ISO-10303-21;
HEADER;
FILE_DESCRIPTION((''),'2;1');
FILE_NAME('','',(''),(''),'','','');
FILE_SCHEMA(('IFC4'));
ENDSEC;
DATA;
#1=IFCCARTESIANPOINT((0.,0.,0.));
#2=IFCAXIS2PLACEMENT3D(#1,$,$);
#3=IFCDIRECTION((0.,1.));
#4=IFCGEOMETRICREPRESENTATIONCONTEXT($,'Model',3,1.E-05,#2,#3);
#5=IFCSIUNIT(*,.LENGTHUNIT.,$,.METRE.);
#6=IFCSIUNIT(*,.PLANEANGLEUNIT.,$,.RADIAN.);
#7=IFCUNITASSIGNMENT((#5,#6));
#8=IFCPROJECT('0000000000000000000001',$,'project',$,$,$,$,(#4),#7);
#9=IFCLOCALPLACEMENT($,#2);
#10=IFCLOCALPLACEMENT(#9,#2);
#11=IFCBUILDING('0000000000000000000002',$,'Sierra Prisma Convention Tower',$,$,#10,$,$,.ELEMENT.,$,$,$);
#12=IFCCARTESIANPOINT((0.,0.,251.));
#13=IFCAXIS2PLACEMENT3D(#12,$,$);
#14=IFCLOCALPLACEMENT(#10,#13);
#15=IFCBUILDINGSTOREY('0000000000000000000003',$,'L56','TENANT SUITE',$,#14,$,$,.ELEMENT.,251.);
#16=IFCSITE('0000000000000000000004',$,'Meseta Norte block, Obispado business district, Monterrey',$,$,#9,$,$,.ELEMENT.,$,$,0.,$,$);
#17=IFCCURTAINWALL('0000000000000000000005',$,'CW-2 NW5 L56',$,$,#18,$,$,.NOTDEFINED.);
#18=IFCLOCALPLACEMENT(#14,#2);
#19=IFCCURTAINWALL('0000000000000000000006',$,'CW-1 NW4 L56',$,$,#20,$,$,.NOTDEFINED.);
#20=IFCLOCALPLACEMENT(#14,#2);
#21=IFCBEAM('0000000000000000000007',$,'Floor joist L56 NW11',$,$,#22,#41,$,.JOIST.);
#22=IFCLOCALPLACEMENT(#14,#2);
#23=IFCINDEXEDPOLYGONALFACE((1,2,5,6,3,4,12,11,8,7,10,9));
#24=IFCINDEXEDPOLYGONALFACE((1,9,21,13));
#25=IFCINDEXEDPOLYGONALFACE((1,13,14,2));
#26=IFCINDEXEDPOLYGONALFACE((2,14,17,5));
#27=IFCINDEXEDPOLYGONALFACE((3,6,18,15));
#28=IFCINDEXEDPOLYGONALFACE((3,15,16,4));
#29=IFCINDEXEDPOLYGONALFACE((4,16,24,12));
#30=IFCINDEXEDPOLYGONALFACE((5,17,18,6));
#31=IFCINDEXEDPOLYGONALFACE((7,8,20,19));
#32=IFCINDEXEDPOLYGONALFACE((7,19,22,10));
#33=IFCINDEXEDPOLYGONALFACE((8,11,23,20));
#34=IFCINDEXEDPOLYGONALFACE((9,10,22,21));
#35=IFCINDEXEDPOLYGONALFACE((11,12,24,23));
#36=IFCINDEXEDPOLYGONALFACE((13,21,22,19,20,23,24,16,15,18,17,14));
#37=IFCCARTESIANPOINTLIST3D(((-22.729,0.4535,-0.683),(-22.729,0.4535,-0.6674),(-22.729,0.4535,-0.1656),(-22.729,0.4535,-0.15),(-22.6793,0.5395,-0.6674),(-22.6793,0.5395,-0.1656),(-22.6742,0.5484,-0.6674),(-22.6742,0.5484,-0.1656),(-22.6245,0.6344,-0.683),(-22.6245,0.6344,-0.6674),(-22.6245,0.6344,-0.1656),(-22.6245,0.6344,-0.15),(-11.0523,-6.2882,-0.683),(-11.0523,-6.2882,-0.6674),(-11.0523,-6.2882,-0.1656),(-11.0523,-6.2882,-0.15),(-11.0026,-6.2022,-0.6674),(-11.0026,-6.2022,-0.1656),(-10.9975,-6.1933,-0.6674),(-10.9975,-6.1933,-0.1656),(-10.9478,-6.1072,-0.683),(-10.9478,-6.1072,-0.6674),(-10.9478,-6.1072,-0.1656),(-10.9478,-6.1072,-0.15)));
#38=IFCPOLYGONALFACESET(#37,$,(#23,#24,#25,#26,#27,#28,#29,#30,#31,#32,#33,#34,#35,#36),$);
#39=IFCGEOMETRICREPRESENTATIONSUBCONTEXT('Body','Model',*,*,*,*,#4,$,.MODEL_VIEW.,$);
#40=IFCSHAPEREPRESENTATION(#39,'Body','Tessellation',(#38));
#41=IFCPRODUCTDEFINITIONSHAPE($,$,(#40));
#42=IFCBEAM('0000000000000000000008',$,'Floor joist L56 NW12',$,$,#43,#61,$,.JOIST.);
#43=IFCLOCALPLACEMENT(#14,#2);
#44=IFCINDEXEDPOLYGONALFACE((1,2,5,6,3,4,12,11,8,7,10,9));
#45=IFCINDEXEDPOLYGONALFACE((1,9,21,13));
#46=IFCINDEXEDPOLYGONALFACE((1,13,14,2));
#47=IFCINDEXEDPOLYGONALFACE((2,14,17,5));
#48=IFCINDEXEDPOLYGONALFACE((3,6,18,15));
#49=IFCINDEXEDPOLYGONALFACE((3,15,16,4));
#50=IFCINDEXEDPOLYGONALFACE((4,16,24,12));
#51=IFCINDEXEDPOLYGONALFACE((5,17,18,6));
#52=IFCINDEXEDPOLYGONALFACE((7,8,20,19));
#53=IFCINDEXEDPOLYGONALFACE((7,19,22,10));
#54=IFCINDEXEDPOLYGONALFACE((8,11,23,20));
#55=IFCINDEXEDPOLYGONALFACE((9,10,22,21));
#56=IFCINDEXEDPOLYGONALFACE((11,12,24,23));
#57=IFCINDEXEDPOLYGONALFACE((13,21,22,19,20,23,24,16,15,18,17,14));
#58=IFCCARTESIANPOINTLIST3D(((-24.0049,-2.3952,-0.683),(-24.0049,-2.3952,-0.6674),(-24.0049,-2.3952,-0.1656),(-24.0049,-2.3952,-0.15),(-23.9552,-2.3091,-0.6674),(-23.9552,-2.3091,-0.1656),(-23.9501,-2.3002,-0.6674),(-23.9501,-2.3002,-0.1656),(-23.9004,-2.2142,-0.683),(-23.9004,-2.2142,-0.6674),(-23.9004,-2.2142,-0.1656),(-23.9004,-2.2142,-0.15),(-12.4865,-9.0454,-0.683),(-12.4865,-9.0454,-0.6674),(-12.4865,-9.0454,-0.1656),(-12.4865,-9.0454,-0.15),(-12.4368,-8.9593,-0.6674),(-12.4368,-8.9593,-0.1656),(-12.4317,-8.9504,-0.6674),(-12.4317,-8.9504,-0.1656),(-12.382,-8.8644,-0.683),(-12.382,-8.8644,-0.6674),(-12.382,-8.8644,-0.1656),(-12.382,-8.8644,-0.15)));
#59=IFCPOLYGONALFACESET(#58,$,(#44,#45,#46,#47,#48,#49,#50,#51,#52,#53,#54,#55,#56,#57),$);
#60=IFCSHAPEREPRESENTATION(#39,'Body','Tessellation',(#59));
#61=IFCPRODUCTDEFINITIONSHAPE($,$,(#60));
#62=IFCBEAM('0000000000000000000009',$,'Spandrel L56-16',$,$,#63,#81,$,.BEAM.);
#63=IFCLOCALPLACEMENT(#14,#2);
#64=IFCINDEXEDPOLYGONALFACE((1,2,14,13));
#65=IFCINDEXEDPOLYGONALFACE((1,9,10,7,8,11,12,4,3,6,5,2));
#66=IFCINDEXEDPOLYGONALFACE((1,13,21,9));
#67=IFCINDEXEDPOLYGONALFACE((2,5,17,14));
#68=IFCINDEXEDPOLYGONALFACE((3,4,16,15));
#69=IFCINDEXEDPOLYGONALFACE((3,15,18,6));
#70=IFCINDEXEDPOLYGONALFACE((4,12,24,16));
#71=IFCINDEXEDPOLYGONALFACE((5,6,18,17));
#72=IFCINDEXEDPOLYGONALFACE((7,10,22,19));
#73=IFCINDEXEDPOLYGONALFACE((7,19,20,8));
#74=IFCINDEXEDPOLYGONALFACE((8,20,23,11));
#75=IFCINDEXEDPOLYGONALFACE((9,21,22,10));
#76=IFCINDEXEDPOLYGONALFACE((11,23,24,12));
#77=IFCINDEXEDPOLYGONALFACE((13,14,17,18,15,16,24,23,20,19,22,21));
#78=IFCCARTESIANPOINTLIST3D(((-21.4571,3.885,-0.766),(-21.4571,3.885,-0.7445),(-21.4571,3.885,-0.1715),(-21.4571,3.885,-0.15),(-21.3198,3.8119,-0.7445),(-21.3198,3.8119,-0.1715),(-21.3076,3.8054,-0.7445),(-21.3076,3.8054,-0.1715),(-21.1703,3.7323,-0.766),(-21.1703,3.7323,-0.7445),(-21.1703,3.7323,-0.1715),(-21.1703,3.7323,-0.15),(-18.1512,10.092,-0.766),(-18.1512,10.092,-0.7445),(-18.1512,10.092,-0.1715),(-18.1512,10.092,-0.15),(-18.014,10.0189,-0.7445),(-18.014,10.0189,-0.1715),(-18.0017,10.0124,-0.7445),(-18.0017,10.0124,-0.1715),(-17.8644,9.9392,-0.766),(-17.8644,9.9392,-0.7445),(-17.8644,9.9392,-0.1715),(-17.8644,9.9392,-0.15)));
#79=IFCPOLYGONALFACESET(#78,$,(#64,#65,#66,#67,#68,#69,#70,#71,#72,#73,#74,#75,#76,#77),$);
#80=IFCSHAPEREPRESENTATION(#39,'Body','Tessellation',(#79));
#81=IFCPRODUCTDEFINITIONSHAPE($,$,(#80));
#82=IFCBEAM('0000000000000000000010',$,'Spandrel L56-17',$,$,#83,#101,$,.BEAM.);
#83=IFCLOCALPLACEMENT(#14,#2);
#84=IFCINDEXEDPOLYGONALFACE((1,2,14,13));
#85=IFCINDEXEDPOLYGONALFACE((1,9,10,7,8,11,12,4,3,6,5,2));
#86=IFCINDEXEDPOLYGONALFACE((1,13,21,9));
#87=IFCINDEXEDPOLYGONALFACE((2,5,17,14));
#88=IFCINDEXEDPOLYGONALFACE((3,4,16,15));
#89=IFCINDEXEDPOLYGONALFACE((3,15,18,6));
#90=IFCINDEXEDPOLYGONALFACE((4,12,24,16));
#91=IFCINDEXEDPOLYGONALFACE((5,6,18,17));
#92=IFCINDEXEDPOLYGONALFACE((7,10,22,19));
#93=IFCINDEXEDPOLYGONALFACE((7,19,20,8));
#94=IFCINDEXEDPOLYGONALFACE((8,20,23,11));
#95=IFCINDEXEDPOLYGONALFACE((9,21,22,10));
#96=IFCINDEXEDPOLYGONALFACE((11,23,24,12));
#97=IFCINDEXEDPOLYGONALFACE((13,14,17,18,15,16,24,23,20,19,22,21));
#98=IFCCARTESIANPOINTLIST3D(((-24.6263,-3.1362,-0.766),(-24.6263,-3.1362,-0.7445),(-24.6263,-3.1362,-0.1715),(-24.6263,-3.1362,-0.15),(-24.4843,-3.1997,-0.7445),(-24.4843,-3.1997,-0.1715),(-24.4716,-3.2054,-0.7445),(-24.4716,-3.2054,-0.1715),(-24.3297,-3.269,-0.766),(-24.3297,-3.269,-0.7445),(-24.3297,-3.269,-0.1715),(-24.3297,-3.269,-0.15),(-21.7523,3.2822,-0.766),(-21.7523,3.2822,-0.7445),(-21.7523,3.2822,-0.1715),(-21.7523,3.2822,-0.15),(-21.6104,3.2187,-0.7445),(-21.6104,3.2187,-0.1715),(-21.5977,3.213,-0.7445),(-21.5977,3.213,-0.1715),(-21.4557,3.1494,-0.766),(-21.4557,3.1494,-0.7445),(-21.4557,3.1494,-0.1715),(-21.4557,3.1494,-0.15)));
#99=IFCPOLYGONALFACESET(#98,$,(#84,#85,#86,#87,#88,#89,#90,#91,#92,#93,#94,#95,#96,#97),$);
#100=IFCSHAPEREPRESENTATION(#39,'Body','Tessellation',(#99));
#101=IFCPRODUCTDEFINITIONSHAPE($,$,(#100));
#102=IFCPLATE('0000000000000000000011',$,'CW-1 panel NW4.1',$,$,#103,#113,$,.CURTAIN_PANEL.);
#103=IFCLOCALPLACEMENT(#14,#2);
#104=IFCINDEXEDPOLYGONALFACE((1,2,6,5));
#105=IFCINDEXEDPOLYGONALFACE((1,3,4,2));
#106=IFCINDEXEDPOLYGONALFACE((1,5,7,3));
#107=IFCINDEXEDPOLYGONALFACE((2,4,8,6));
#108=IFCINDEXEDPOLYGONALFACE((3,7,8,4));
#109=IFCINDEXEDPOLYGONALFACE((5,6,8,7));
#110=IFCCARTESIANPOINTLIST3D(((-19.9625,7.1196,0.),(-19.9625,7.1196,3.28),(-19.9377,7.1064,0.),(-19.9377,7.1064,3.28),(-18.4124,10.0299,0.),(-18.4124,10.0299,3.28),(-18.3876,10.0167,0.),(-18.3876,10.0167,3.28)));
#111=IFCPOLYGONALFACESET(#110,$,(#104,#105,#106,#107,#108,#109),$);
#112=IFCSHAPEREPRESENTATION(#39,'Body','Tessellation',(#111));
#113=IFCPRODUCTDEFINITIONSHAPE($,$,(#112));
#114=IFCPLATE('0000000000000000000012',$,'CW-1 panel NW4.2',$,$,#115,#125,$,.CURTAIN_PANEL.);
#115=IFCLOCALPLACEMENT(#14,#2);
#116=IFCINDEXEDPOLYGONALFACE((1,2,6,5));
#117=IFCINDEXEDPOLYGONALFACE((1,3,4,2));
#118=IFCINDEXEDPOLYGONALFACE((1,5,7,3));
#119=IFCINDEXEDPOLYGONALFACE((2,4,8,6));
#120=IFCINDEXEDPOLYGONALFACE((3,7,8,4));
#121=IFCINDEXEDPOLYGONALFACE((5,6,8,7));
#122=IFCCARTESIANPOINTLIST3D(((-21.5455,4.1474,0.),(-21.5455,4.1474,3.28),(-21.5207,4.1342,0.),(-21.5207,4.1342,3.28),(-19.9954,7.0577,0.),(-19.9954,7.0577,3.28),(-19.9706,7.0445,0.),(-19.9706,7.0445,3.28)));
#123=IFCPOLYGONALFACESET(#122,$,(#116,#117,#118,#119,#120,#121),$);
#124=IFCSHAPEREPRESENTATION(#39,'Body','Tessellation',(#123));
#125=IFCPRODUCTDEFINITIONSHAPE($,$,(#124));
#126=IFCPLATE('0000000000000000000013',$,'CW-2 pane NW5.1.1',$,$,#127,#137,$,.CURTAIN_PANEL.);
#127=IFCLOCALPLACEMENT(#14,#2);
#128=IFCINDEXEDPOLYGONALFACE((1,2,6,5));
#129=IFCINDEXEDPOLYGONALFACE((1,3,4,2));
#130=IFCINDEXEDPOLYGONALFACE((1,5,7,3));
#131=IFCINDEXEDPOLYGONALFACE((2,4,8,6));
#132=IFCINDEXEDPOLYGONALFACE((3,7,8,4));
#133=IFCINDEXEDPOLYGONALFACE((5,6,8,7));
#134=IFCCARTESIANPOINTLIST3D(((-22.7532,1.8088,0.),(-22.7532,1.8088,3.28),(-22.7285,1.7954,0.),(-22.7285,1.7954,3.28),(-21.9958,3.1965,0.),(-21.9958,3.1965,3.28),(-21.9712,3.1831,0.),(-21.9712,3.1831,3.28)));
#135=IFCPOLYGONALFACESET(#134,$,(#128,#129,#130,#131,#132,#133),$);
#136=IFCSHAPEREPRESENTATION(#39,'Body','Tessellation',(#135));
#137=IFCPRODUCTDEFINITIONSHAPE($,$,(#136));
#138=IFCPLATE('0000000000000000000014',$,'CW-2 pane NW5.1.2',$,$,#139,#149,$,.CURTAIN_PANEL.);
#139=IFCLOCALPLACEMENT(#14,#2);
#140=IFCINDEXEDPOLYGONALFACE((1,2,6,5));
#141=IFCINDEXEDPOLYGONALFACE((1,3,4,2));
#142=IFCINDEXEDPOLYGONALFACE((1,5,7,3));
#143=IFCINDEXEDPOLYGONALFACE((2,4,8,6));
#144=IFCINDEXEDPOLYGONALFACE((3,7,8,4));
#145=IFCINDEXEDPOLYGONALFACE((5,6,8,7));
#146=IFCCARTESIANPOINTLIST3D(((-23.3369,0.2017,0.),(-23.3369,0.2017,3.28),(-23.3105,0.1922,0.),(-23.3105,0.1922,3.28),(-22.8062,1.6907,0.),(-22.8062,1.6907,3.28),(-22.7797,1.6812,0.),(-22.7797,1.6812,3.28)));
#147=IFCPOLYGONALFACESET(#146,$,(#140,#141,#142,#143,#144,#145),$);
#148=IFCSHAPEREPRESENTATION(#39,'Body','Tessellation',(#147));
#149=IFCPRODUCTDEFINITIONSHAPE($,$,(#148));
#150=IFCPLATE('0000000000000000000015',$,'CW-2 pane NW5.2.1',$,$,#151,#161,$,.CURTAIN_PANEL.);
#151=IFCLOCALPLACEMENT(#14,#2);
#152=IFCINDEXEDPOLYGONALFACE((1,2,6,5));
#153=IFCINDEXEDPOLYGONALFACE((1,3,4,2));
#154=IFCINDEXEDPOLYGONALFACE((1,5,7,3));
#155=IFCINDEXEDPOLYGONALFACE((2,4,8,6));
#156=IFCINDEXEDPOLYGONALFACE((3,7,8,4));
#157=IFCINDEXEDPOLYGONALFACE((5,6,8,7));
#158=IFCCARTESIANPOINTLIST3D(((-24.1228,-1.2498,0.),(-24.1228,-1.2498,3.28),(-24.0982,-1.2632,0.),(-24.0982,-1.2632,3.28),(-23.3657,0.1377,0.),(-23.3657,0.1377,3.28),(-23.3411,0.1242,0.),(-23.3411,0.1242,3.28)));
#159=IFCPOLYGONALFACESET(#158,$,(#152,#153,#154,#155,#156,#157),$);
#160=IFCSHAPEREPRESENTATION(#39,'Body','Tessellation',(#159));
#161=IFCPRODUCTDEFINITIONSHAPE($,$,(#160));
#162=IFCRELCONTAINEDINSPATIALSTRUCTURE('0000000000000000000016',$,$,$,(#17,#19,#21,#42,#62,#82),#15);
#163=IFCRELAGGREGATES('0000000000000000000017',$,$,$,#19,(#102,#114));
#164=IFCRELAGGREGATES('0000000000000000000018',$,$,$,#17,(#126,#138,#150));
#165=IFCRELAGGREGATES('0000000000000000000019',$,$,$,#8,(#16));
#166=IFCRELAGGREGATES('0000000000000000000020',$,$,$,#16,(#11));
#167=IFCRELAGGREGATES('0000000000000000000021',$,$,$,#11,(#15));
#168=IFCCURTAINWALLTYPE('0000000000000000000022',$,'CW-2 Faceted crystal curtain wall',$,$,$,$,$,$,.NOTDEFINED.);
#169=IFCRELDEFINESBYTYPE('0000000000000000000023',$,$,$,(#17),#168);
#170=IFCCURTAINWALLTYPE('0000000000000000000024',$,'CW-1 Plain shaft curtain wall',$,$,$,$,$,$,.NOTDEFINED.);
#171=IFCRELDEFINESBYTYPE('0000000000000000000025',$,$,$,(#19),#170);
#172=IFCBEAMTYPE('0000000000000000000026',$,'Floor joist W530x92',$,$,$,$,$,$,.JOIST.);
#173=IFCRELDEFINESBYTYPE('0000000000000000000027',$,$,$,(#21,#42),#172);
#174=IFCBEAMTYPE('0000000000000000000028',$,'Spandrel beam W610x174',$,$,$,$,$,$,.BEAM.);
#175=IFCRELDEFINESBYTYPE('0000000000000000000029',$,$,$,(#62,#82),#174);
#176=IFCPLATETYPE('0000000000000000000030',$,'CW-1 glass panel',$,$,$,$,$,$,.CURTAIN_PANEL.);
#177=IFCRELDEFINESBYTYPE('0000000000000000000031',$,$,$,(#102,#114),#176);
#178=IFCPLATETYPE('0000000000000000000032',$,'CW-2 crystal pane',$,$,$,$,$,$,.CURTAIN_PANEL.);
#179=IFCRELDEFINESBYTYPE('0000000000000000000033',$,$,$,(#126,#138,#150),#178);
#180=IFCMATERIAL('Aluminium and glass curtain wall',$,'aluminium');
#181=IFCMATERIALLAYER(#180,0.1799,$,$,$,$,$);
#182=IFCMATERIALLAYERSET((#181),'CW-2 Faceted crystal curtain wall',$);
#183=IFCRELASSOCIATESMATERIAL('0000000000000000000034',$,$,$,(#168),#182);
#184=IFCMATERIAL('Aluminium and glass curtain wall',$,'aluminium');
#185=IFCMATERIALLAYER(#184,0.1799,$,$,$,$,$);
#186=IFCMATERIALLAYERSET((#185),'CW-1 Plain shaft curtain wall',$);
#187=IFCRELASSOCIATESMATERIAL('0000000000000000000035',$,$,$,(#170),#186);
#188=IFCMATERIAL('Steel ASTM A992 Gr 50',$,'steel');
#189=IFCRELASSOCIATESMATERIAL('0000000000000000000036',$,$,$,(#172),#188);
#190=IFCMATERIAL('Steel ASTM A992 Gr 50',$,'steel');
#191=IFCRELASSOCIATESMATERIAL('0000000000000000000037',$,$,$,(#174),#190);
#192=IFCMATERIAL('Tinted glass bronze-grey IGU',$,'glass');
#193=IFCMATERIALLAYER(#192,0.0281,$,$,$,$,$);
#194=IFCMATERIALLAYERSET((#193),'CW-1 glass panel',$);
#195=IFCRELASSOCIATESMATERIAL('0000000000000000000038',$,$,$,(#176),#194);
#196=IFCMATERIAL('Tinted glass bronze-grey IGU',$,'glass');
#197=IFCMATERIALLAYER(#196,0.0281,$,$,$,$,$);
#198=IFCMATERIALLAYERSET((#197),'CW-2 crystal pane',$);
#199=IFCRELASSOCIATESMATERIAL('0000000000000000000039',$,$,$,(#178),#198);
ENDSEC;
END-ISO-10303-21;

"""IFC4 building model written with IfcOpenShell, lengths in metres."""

from ifc_helpers import new_model, si_unit, direction, frame, origin, origin_2d, place, context, subcontext, project, spatial, polyline, rectangle, i_section, outline, extrude, material, layer, layer_set, material_profile, profile_set, type_object, element, aggregate, save


model = new_model("IFC4")

# Units and contexts
model_context = context("Model", 3, precision=1e-05, world=origin(), true_north=direction((0.0, 1.0)))
body_context = subcontext(model_context, "Body", "Model", "MODEL_VIEW")
ifc_project = project(units=[si_unit("LENGTHUNIT", "METRE"), si_unit("PLANEANGLEUNIT", "RADIAN")], contexts=[model_context])

# Site, building, storey
site_placement = place(None, origin())
site = spatial("IfcSite", under=ifc_project, at=site_placement, Name="Meseta Norte block, Obispado business district, Monterrey", CompositionType="ELEMENT", RefElevation=0.0)
building_placement = place(site_placement, origin())
building = spatial("IfcBuilding", under=site, at=building_placement, Name="Sierra Prisma Convention Tower", CompositionType="ELEMENT")
storey_placement = place(building_placement, frame((0.0, 0.0, 251.0)))
storey = spatial("IfcBuildingStorey", under=building, at=storey_placement, Name="L56", Description="TENANT SUITE", CompositionType="ELEMENT", Elevation=251.0)

# Curtain walls
ifc_material_1 = material(Name="Aluminium and glass curtain wall", Category="aluminium")
ifc_layer_1 = layer(ifc_material_1, 0.1799)
ifc_layer_set_1 = layer_set([ifc_layer_1], Name="CW-2 Faceted crystal curtain wall")
curtain_wall_type_1 = type_object("IfcCurtainWallType", Name="CW-2 Faceted crystal curtain wall", PredefinedType="NOTDEFINED", material=ifc_layer_set_1)
curtain_wall_1_placement = place(storey_placement, origin())
curtain_wall_1 = element("IfcCurtainWall", 1, at=curtain_wall_1_placement, inside=storey, type_object=curtain_wall_type_1, Name="CW-2 NW5 L56", PredefinedType="NOTDEFINED")
ifc_material_2 = material(Name="Aluminium and glass curtain wall", Category="aluminium")
ifc_layer_2 = layer(ifc_material_2, 0.1799)
ifc_layer_set_2 = layer_set([ifc_layer_2], Name="CW-1 Plain shaft curtain wall")
curtain_wall_type_2 = type_object("IfcCurtainWallType", Name="CW-1 Plain shaft curtain wall", PredefinedType="NOTDEFINED", material=ifc_layer_set_2)
curtain_wall_2_placement = place(storey_placement, origin())
curtain_wall_2 = element("IfcCurtainWall", 2, at=curtain_wall_2_placement, inside=storey, type_object=curtain_wall_type_2, Name="CW-1 NW4 L56", PredefinedType="NOTDEFINED")

# Beams
ifc_material_3 = material(Name="Steel ASTM A992 Gr 50", Category="steel")
ifc_material_profile_1 = material_profile(ifc_material_3, i_section(OverallWidth=0.209, OverallDepth=0.533, WebThickness=0.0103, FlangeThickness=0.0156, at=origin_2d()), Name="W530x92")
ifc_profile_set_1 = profile_set([ifc_material_profile_1], Name="Steel ASTM A992 Gr 50")
beam_type_1 = type_object("IfcBeamType", Name="Floor joist W530x92", PredefinedType="JOIST", material=ifc_profile_set_1)
beam_1_placement = place(storey_placement, frame((-22.6768, 0.5439, -0.4165), z_axis=(0.866022, -0.500007, 0.0), x_axis=(0.500007, 0.866022, 0.0)))
element("IfcBeam", 3, at=beam_1_placement, inside=storey, type_object=beam_type_1, Name="Floor joist L56 NW11", PredefinedType="JOIST", context=body_context, shape_type="SweptSolid", body=[
    extrude(i_section(OverallWidth=0.209, OverallDepth=0.533, WebThickness=0.0103, FlangeThickness=0.0156, at=origin_2d()), origin(), (0.0, 0.0, 1.0), 13.4832),
])
beam_2_placement = place(storey_placement, frame((-23.9526, -2.3047, -0.4165), z_axis=(0.866024, -0.500003, 0.0), x_axis=(0.500003, 0.866024, 0.0)))
element("IfcBeam", 4, at=beam_2_placement, inside=storey, type_object=beam_type_1, Name="Floor joist L56 NW12", PredefinedType="JOIST", context=body_context, shape_type="SweptSolid", body=[
    extrude(i_section(OverallWidth=0.209, OverallDepth=0.533, WebThickness=0.0103, FlangeThickness=0.0156, at=origin_2d()), origin(), (0.0, 0.0, 1.0), 13.3003),
])
ifc_material_4 = material(Name="Steel ASTM A992 Gr 50", Category="steel")
ifc_material_profile_2 = material_profile(ifc_material_4, i_section(OverallWidth=0.325, OverallDepth=0.616, WebThickness=0.0139, FlangeThickness=0.0215, at=origin_2d()), Name="W610x174")
ifc_profile_set_2 = profile_set([ifc_material_profile_2], Name="Steel ASTM A992 Gr 50")
beam_type_2 = type_object("IfcBeamType", Name="Spandrel beam W610x174", PredefinedType="BEAM", material=ifc_profile_set_2)
for number, where, z_axis, x_axis, name in (
    (5, (-18.0078, 10.0156, -0.458), (-0.470089, -0.882619, 0.0), (0.882619, -0.470089, 0.0), "Spandrel L56-16"),
    (6, (-21.604, 3.2158, -0.458), (-0.408675, -0.91268, 0.0), (0.91268, -0.408675, 0.0), "Spandrel L56-17"),
):
    element("IfcBeam", number, at=place(storey_placement, frame(where, z_axis=z_axis, x_axis=x_axis)), inside=storey, type_object=beam_type_2, Name=name, PredefinedType="BEAM", context=body_context, shape_type="SweptSolid", body=[
        extrude(i_section(OverallWidth=0.325, OverallDepth=0.616, WebThickness=0.0139, FlangeThickness=0.0215, at=origin_2d()), origin(), (0.0, 0.0, 1.0), 7.0325),
    ])

# Plates
ifc_material_5 = material(Name="Tinted glass bronze-grey IGU", Category="glass")
ifc_layer_3 = layer(ifc_material_5, 0.0281)
ifc_layer_set_3 = layer_set([ifc_layer_3], Name="CW-1 glass panel")
plate_type_1 = type_object("IfcPlateType", Name="CW-1 glass panel", PredefinedType="CURTAIN_PANEL", material=ifc_layer_set_3)
plate_1_placement = place(storey_placement, frame((-19.175, 8.5681, 0.0), z_axis=(0.0, 0.0, 1.0), x_axis=(-0.470104, -0.882611, 0.0)))
plate_1 = element("IfcPlate", 7, at=plate_1_placement, type_object=plate_type_1, Name="CW-1 panel NW4.1", PredefinedType="CURTAIN_PANEL", context=body_context, shape_type="SweptSolid", body=[
    extrude(rectangle(XDim=3.2974, YDim=0.0281, at=origin_2d()), origin(), (0.0, 0.0, 1.0), 3.28),
])
plate_2_placement = place(storey_placement, frame((-20.7581, 5.5959, 0.0), z_axis=(0.0, 0.0, 1.0), x_axis=(-0.470104, -0.882611, 0.0)))
plate_2 = element("IfcPlate", 8, at=plate_2_placement, type_object=plate_type_1, Name="CW-1 panel NW4.2", PredefinedType="CURTAIN_PANEL", context=body_context, shape_type="SweptSolid", body=[
    extrude(rectangle(XDim=3.2974, YDim=0.0281, at=origin_2d()), origin(), (0.0, 0.0, 1.0), 3.28),
])
aggregate(curtain_wall_2, [plate_1, plate_2])
ifc_material_6 = material(Name="Tinted glass bronze-grey IGU", Category="glass")
ifc_layer_4 = layer(ifc_material_6, 0.0281)
ifc_layer_set_4 = layer_set([ifc_layer_4], Name="CW-2 crystal pane")
plate_type_2 = type_object("IfcPlateType", Name="CW-2 crystal pane", PredefinedType="CURTAIN_PANEL", material=ifc_layer_set_4)
plate_3_placement = place(storey_placement, frame((-21.9958, 3.1965, 0.0), z_axis=(-0.877789, 0.479047, 0.0), x_axis=(-0.479047, -0.877789, 0.0)))
plate_3 = element("IfcPlate", 9, at=plate_3_placement, type_object=plate_type_2, Name="CW-2 pane NW5.1.1", PredefinedType="CURTAIN_PANEL", context=body_context, shape_type="SweptSolid", body=[
    extrude(outline(polyline([(0.0, 0.0), (1.5809, 0.0), (1.5809, 3.28), (0.0, 3.28), (0.0, 0.0)])), origin(), (0.0, 0.0, -1.0), 0.0281),
])
plate_4_placement = place(storey_placement, frame((-23.3369, 0.2017, 0.0), z_axis=(-0.941948, 0.335759, 0.0), x_axis=(0.335759, 0.941948, 0.0)))
plate_4 = element("IfcPlate", 10, at=plate_4_placement, type_object=plate_type_2, Name="CW-2 pane NW5.1.2", PredefinedType="CURTAIN_PANEL", context=body_context, shape_type="SweptSolid", body=[
    extrude(outline(polyline([(0.0, 0.0), (1.5808, 0.0), (1.5808, -3.28), (0.0, -3.28), (0.0, 0.0)])), origin(), (0.0, 0.0, -1.0), 0.0281),
])
plate_5_placement = place(storey_placement, frame((-23.3657, 0.1377, 0.0), z_axis=(-0.877819, 0.478993, 0.0), x_axis=(-0.478993, -0.877819, 0.0)))
plate_5 = element("IfcPlate", 11, at=plate_5_placement, type_object=plate_type_2, Name="CW-2 pane NW5.2.1", PredefinedType="CURTAIN_PANEL", context=body_context, shape_type="SweptSolid", body=[
    extrude(outline(polyline([(0.0, 0.0), (1.5806, 0.0), (1.5806, 3.28), (0.0, 3.28), (0.0, 0.0)])), origin(), (0.0, 0.0, -1.0), 0.0281),
])
aggregate(curtain_wall_1, [plate_3, plate_4, plate_5])

save(model, "model.ifc")
